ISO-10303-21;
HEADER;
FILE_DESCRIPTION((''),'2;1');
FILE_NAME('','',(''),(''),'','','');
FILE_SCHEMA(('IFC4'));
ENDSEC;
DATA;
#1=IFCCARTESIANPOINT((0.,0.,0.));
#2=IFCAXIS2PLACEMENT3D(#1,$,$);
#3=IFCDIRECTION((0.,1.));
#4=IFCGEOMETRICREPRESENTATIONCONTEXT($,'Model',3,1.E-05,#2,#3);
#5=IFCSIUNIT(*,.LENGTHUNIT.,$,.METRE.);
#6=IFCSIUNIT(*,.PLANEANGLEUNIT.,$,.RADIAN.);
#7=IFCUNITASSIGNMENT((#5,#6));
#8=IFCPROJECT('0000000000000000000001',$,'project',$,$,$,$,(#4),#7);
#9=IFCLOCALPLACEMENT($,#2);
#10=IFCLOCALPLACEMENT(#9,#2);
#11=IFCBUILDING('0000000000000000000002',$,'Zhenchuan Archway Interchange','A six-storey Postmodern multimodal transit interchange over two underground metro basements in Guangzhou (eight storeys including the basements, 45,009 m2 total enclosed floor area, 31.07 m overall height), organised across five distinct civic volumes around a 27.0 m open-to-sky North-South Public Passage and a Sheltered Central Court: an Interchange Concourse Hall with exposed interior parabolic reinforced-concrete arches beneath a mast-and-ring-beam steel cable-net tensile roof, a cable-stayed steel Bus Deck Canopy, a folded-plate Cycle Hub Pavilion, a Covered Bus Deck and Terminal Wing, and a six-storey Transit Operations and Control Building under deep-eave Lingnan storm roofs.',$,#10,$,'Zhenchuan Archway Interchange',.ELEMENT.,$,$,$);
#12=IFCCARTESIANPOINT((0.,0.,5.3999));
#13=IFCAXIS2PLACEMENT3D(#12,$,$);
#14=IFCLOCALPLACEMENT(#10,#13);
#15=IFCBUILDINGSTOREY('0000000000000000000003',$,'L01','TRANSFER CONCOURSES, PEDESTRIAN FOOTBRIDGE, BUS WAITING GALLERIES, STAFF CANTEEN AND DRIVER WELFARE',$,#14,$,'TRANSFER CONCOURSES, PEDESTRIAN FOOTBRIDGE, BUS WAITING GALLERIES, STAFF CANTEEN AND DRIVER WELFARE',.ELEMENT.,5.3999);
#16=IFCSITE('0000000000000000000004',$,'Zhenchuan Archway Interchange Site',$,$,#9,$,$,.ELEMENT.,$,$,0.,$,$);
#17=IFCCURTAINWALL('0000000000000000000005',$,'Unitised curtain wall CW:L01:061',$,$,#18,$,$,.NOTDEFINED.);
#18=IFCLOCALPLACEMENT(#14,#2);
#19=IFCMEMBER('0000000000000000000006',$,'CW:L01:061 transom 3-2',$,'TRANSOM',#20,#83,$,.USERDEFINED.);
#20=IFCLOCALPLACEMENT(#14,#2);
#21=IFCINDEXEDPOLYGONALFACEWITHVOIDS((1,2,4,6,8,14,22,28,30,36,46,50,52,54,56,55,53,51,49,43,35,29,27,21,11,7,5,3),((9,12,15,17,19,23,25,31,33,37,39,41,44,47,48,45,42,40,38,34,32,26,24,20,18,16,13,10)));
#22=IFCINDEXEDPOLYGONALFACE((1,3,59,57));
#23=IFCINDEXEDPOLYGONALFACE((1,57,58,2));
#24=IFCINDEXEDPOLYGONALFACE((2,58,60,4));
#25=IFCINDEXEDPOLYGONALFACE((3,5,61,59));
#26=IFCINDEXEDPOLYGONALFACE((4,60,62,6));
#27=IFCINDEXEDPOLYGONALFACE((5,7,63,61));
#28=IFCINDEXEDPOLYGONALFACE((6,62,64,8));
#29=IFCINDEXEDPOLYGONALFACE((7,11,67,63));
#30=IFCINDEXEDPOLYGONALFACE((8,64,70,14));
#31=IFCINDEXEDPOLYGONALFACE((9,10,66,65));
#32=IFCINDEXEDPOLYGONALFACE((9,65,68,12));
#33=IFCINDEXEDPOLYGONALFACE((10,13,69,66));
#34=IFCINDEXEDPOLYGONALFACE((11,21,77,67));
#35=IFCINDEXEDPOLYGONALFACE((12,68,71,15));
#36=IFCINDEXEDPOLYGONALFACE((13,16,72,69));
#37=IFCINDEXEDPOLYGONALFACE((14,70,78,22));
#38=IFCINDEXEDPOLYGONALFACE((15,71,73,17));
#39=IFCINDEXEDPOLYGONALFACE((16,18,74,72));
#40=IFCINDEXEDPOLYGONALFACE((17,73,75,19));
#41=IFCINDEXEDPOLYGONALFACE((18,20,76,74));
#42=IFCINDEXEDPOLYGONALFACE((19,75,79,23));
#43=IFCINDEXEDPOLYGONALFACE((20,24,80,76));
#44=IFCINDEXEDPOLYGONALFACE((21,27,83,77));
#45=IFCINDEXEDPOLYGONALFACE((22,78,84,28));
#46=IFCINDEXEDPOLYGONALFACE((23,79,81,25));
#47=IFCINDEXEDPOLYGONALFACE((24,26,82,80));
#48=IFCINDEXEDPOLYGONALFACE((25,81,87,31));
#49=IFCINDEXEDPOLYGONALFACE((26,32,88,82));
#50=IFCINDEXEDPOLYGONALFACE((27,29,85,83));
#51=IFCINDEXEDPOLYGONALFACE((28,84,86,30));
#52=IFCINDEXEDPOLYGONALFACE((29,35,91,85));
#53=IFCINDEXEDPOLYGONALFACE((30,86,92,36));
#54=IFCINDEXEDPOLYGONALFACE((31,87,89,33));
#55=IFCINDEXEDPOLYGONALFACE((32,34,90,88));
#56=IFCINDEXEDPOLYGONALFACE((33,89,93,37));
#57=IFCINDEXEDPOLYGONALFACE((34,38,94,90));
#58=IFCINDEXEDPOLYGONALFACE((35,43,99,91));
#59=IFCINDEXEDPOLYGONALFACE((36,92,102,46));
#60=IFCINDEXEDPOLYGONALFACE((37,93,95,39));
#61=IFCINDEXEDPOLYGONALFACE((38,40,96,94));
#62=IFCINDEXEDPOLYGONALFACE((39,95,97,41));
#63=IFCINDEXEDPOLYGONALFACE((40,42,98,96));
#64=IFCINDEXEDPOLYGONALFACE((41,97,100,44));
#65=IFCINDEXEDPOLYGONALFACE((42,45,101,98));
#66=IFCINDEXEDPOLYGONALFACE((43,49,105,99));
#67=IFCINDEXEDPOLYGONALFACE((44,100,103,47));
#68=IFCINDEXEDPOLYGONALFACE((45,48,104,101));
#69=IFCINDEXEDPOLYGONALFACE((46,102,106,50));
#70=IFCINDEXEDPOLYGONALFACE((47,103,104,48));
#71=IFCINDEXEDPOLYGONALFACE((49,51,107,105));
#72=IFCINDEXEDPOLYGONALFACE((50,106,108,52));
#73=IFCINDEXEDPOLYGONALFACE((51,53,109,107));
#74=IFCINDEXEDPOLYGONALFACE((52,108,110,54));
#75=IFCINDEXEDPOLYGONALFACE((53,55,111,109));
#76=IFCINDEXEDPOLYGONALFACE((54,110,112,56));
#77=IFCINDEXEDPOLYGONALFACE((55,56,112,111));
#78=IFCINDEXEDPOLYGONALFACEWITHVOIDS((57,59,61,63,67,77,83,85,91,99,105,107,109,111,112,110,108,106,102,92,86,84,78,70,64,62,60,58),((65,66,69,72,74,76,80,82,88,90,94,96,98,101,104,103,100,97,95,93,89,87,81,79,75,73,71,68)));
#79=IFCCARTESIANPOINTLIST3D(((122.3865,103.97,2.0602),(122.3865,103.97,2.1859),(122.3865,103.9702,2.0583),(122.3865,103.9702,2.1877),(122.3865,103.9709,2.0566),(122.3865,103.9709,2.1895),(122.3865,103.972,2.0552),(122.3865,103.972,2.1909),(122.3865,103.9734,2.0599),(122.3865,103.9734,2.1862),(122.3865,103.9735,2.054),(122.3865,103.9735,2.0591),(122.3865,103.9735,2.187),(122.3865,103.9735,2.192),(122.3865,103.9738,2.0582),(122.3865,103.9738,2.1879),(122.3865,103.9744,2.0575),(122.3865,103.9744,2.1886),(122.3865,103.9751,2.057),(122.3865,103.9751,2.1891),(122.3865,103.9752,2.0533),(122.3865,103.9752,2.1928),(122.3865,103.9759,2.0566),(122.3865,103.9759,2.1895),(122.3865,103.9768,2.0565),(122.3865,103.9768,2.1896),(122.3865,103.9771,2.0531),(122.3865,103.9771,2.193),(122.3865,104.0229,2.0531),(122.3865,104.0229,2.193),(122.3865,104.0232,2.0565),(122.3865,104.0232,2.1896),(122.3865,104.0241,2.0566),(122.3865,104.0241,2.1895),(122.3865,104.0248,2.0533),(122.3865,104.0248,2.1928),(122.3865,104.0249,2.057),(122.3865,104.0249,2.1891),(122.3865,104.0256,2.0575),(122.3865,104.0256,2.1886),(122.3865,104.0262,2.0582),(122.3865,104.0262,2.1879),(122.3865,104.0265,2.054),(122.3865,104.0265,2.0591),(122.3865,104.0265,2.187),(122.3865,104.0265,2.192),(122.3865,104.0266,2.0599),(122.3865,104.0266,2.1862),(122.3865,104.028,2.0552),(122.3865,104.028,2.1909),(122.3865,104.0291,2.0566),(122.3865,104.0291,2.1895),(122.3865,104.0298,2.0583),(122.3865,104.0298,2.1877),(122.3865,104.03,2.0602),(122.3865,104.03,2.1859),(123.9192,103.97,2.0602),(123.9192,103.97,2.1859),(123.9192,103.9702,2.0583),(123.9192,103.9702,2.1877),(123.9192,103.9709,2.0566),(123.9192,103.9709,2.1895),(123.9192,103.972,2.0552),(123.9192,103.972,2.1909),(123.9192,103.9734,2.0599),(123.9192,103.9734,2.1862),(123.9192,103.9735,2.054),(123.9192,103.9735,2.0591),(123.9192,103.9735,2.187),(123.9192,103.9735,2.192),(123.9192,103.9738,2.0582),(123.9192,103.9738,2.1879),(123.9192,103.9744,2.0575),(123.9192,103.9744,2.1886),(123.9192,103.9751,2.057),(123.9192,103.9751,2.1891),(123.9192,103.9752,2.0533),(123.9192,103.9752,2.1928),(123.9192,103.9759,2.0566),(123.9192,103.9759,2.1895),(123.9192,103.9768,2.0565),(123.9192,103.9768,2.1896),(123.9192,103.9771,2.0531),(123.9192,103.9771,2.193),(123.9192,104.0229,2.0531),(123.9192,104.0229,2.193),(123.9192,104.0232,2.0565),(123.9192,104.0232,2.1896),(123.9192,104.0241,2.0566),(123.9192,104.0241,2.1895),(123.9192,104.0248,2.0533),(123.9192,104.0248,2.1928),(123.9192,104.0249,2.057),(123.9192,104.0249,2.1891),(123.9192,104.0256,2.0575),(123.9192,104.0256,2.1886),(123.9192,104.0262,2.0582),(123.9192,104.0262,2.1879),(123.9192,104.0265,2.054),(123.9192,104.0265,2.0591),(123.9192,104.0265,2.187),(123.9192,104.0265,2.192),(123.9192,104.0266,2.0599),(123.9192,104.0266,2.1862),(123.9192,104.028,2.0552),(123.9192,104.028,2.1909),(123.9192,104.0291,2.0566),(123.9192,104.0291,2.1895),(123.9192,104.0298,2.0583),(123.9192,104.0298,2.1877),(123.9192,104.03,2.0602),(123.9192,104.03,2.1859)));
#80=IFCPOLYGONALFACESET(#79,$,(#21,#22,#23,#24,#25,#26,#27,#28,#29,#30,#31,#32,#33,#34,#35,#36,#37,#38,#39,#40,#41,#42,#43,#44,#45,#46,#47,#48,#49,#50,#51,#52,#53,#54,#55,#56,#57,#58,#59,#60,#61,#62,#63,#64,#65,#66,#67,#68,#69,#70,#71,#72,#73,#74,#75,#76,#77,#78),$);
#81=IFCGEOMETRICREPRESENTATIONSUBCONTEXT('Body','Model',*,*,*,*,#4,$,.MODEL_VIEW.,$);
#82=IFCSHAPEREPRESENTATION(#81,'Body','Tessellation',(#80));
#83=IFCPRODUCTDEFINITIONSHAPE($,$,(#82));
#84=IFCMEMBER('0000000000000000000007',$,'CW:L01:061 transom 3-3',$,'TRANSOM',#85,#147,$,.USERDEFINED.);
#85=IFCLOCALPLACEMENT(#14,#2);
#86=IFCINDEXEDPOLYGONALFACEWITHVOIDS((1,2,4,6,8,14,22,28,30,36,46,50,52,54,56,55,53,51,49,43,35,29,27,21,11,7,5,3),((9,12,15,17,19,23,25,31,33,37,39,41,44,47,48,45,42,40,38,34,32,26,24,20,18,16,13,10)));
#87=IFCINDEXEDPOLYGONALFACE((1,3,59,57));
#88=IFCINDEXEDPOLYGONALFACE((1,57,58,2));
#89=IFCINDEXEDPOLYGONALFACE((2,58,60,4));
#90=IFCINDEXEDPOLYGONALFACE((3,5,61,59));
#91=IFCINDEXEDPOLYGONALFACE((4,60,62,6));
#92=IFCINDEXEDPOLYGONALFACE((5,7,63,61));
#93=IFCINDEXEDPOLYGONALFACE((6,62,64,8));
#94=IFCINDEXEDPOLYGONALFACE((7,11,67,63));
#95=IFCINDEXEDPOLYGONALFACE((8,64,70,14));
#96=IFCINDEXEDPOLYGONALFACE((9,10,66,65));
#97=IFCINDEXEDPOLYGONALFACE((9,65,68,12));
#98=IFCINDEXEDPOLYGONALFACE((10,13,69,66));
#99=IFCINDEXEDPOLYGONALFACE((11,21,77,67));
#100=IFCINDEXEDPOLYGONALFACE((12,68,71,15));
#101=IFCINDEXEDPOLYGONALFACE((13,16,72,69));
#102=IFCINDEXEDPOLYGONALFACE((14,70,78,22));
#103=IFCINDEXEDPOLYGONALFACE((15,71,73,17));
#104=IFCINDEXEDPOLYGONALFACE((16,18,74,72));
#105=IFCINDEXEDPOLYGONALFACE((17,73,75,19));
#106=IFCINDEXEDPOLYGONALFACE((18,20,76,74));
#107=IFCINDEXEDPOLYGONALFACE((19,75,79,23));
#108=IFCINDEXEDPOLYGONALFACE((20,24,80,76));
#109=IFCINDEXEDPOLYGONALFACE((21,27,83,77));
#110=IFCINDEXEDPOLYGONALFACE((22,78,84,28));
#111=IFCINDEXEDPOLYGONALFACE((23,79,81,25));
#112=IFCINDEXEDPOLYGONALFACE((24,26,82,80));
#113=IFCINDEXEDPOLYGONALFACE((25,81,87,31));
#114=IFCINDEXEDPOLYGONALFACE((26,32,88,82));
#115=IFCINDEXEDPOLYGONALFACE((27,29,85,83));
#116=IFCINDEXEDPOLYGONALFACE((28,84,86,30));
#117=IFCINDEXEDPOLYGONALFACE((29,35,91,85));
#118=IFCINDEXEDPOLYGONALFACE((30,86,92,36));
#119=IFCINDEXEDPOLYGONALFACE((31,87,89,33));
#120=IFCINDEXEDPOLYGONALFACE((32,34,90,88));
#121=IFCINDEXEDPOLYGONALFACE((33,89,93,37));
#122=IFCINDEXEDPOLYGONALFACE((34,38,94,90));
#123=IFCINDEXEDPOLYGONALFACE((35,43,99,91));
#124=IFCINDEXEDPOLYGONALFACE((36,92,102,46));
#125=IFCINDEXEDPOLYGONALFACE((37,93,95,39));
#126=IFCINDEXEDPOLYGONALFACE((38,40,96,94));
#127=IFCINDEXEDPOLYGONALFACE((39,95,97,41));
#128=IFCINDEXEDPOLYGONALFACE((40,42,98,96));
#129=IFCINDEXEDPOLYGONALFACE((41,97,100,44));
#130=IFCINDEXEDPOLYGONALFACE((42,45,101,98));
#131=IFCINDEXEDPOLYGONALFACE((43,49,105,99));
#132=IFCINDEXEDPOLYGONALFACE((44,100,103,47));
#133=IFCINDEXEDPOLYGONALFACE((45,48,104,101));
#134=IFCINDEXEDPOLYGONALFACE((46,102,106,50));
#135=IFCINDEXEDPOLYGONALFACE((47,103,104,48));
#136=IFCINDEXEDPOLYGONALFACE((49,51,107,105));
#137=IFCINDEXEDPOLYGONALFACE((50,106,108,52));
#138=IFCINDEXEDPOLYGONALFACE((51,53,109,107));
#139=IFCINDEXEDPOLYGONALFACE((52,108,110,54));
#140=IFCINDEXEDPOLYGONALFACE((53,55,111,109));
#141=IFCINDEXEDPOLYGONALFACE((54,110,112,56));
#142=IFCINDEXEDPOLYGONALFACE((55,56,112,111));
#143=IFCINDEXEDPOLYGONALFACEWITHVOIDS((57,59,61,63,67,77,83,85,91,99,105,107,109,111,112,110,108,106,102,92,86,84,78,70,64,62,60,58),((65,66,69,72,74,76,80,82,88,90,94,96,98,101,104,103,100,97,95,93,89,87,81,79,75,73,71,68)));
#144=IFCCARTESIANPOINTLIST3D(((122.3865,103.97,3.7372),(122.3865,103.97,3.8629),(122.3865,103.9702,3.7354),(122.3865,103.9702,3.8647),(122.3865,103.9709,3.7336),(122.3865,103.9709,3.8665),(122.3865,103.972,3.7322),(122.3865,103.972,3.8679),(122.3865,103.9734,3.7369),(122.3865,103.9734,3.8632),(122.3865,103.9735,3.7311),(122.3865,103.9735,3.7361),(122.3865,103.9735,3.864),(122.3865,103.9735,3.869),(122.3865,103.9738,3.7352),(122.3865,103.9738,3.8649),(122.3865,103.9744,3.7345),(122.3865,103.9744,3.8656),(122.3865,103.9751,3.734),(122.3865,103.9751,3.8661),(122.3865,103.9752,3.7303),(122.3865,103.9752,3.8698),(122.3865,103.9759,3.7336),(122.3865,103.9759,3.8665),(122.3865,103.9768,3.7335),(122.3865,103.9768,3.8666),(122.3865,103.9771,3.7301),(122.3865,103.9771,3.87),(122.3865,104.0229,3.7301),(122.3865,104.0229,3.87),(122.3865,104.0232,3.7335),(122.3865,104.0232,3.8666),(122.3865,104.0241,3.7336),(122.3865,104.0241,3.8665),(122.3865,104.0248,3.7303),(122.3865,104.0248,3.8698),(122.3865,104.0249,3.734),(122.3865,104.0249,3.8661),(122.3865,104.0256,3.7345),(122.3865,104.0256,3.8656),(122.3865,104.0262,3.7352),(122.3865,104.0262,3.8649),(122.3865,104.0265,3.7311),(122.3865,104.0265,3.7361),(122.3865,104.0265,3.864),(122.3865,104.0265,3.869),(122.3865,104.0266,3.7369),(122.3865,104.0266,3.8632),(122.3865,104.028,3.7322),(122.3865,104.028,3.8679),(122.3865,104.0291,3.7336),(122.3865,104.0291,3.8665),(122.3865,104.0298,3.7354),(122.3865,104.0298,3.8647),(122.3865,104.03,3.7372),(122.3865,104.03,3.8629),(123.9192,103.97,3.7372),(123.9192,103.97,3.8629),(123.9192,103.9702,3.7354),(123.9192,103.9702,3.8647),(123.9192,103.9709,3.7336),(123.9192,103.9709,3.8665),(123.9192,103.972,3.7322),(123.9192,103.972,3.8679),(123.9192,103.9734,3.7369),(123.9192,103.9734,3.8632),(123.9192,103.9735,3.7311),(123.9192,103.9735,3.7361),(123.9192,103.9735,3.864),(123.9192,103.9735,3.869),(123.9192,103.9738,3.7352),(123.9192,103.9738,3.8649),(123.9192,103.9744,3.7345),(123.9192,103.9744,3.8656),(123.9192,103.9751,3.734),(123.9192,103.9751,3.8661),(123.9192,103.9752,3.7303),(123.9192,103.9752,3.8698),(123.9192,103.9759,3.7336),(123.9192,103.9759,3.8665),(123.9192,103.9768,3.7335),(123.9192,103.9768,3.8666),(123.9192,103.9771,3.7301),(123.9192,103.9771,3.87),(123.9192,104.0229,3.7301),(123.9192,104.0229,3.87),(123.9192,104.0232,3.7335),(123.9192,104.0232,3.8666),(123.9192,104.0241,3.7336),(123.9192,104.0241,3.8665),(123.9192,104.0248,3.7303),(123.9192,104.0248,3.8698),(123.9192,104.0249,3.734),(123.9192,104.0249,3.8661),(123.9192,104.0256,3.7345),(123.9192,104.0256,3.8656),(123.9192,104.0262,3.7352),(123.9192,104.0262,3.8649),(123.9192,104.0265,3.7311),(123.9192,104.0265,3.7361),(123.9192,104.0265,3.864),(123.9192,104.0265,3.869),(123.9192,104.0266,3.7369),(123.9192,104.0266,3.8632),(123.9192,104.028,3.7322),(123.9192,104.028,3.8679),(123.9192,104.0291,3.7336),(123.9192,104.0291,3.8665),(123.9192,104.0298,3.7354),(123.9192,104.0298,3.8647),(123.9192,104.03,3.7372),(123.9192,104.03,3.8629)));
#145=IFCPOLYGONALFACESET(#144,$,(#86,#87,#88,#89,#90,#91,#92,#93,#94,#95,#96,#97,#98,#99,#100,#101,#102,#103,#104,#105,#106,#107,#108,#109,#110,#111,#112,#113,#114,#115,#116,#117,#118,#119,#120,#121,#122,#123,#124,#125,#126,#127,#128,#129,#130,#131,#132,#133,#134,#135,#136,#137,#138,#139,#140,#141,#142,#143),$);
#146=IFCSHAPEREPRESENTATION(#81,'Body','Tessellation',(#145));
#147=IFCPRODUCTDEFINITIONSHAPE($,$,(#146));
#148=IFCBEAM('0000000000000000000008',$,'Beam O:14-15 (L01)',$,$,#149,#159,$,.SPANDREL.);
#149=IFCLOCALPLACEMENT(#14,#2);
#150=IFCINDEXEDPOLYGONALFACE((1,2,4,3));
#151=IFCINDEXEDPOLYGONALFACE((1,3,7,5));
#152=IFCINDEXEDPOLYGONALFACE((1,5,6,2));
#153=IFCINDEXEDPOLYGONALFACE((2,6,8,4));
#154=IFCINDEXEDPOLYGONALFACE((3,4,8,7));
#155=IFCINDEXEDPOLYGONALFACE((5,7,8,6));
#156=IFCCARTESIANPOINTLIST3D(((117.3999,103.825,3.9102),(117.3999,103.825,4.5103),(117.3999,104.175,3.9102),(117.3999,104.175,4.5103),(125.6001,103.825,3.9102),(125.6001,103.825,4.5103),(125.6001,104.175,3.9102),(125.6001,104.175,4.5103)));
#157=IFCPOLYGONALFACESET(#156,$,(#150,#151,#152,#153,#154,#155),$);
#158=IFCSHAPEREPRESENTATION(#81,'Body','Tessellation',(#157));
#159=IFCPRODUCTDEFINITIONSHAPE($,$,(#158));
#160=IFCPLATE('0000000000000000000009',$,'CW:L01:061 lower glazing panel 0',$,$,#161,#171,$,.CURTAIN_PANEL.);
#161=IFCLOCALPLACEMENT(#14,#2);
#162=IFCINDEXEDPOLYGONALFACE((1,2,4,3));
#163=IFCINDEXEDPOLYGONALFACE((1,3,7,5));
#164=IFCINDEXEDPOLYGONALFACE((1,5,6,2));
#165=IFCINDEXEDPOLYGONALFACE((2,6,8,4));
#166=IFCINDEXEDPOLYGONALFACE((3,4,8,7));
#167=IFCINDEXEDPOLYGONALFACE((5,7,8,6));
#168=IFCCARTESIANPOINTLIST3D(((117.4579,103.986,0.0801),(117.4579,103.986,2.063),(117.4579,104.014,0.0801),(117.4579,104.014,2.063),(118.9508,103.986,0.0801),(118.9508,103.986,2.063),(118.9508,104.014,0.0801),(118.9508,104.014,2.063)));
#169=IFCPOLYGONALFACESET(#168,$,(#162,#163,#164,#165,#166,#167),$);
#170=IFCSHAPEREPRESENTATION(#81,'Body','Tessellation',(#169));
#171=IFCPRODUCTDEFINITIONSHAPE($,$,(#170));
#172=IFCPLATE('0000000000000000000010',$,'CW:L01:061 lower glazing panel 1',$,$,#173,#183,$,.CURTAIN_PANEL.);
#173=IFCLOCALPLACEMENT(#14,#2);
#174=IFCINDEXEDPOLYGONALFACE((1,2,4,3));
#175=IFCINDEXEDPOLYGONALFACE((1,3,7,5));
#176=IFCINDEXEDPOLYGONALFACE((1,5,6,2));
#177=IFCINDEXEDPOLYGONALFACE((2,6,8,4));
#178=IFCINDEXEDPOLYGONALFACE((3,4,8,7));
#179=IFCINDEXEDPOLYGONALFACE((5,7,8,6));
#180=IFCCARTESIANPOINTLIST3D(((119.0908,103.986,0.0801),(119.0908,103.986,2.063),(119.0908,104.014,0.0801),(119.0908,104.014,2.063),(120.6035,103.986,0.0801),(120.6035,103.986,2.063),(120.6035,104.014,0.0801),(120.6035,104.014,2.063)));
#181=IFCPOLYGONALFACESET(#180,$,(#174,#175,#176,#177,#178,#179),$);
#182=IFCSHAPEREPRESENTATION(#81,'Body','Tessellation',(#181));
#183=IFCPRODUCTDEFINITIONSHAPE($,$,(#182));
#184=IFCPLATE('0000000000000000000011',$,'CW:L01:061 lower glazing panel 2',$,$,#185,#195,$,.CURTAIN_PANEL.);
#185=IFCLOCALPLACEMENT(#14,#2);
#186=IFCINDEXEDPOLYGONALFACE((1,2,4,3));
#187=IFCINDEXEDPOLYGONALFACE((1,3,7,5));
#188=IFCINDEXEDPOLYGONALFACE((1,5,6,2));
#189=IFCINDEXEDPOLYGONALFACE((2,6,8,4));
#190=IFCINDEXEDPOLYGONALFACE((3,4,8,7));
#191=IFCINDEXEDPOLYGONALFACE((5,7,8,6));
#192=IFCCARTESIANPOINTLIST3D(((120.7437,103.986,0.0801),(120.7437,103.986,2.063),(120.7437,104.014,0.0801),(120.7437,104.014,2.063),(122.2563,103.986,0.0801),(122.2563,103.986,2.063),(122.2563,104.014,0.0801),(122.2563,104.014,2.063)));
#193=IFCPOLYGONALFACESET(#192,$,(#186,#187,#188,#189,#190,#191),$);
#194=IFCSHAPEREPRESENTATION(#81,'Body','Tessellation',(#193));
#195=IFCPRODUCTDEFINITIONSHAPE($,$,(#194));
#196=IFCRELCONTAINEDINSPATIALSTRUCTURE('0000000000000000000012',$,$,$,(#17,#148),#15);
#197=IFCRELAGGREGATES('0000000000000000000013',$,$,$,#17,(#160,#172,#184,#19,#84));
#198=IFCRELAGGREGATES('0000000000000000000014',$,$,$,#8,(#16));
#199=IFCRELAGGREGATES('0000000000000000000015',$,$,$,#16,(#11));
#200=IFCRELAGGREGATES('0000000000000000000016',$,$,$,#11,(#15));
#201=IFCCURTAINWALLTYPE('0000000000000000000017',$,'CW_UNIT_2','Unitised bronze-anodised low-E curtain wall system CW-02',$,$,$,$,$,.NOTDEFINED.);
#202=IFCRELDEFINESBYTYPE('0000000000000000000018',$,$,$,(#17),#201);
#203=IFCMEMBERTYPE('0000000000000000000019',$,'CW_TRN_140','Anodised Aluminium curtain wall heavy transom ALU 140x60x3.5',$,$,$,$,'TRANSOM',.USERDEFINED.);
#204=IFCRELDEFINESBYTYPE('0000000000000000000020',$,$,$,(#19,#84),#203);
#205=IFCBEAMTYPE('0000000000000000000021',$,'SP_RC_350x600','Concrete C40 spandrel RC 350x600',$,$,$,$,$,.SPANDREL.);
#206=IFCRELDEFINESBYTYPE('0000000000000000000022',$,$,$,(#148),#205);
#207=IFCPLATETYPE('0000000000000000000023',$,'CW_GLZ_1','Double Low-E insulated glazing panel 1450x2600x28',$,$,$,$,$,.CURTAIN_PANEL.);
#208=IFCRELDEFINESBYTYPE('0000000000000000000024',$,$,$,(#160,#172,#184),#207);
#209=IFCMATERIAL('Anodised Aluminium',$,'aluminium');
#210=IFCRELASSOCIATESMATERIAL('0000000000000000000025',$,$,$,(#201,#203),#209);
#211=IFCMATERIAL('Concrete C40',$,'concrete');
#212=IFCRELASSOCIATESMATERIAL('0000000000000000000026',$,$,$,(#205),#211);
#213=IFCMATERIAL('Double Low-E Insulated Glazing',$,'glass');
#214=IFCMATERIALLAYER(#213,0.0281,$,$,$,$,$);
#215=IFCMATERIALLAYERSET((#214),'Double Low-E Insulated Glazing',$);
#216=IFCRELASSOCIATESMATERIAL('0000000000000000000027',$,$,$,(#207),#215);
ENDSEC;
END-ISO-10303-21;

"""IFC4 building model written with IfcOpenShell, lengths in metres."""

from ifc_helpers import new_model, si_unit, direction, frame, origin, origin_2d, place, context, subcontext, project, spatial, rectangle, hollow_rectangle, extrude, material, layer, layer_set, material_profile, profile_set, type_object, element, aggregate, save


model = new_model("IFC4")

# Units and contexts
model_context = context("Model", 3, precision=1e-05, world=origin(), true_north=direction((0.0, 1.0)))
body_context = subcontext(model_context, "Body", "Model", "MODEL_VIEW")
ifc_project = project(units=[si_unit("LENGTHUNIT", "METRE"), si_unit("PLANEANGLEUNIT", "RADIAN")], contexts=[model_context])

# Site, building, storey
site_placement = place(None, origin())
site = spatial("IfcSite", under=ifc_project, at=site_placement, Name="Zhenchuan Archway Interchange Site", CompositionType="ELEMENT", RefElevation=0.0)
building_placement = place(site_placement, origin())
building = spatial("IfcBuilding", under=site, at=building_placement, Name="Zhenchuan Archway Interchange", Description="A six-storey Postmodern multimodal transit interchange over two underground metro basements in Guangzhou (eight storeys including the basements, 45,009 m2 total enclosed floor area, 31.07 m overall height), organised across five distinct civic volumes around a 27.0 m open-to-sky North-South Public Passage and a Sheltered Central Court: an Interchange Concourse Hall with exposed interior parabolic reinforced-concrete arches beneath a mast-and-ring-beam steel cable-net tensile roof, a cable-stayed steel Bus Deck Canopy, a folded-plate Cycle Hub Pavilion, a Covered Bus Deck and Terminal Wing, and a six-storey Transit Operations and Control Building under deep-eave Lingnan storm roofs.", LongName="Zhenchuan Archway Interchange", CompositionType="ELEMENT")
storey_placement = place(building_placement, frame((0.0, 0.0, 5.3999)))
storey = spatial("IfcBuildingStorey", under=building, at=storey_placement, Name="L01", Description="TRANSFER CONCOURSES, PEDESTRIAN FOOTBRIDGE, BUS WAITING GALLERIES, STAFF CANTEEN AND DRIVER WELFARE", LongName="TRANSFER CONCOURSES, PEDESTRIAN FOOTBRIDGE, BUS WAITING GALLERIES, STAFF CANTEEN AND DRIVER WELFARE", CompositionType="ELEMENT", Elevation=5.3999)

# Curtain wall, members
ifc_material_1 = material(Name="Anodised Aluminium", Category="aluminium")
curtain_wall_type = type_object("IfcCurtainWallType", Name="CW_UNIT_2", Description="Unitised bronze-anodised low-E curtain wall system CW-02", PredefinedType="NOTDEFINED", material=ifc_material_1)
curtain_wall_placement = place(storey_placement, origin())
curtain_wall = element("IfcCurtainWall", 1, at=curtain_wall_placement, inside=storey, type_object=curtain_wall_type, Name="Unitised curtain wall CW:L01:061", PredefinedType="NOTDEFINED")
ifc_material_profile_1 = material_profile(ifc_material_1, hollow_rectangle(XDim=0.0601, YDim=0.1399, WallThickness=0.0034, InnerFilletRadius=0.0034, OuterFilletRadius=0.0071, at=origin_2d()), Name="ALU 140x60x3.5")
ifc_profile_set_1 = profile_set([ifc_material_profile_1], Name="Anodised Aluminium")
member_type_1 = type_object("IfcMemberType", Name="CW_TRN_140", Description="Anodised Aluminium curtain wall heavy transom ALU 140x60x3.5", ElementType="TRANSOM", PredefinedType="USERDEFINED", material=ifc_profile_set_1)
member_1_placement = place(storey_placement, frame((122.3865, 104.0, 2.123), z_axis=(1.0, 0.0, 0.0), x_axis=(0.0, 1.0, 0.0)))
member_1 = element("IfcMember", 2, at=member_1_placement, type_object=member_type_1, Name="CW:L01:061 transom 3-2", ObjectType="TRANSOM", PredefinedType="USERDEFINED", context=body_context, shape_type="SweptSolid", body=[
    extrude(hollow_rectangle(XDim=0.0601, YDim=0.1399, WallThickness=0.0034, InnerFilletRadius=0.0034, OuterFilletRadius=0.0071, at=origin_2d()), origin(), (0.0, 0.0, 1.0), 1.5327),
])
member_2_placement = place(storey_placement, frame((122.3865, 104.0, 3.8), z_axis=(1.0, 0.0, 0.0), x_axis=(0.0, 1.0, 0.0)))
member_2 = element("IfcMember", 3, at=member_2_placement, type_object=member_type_1, Name="CW:L01:061 transom 3-3", ObjectType="TRANSOM", PredefinedType="USERDEFINED", context=body_context, shape_type="SweptSolid", body=[
    extrude(hollow_rectangle(XDim=0.0601, YDim=0.1399, WallThickness=0.0034, InnerFilletRadius=0.0034, OuterFilletRadius=0.0071, at=origin_2d()), origin(), (0.0, 0.0, 1.0), 1.5327),
])

# Beam
ifc_material_2 = material(Name="Concrete C40", Category="concrete")
ifc_material_profile_2 = material_profile(ifc_material_2, rectangle(XDim=0.3501, YDim=0.6001, at=origin_2d()), Name="RC 350x600")
ifc_profile_set_2 = profile_set([ifc_material_profile_2], Name="Concrete C40")
beam_type = type_object("IfcBeamType", Name="SP_RC_350x600", Description="Concrete C40 spandrel RC 350x600", PredefinedType="SPANDREL", material=ifc_profile_set_2)
beam_placement = place(storey_placement, frame((117.3999, 104.0, 4.2102), z_axis=(1.0, 0.0, 0.0), x_axis=(0.0, 1.0, 0.0)))
element("IfcBeam", 4, at=beam_placement, inside=storey, type_object=beam_type, Name="Beam O:14-15 (L01)", PredefinedType="SPANDREL", context=body_context, shape_type="SweptSolid", body=[
    extrude(rectangle(XDim=0.3501, YDim=0.6001, at=origin_2d()), origin(), (0.0, 0.0, 1.0), 8.2002),
])

# Plates
ifc_material_3 = material(Name="Double Low-E Insulated Glazing", Category="glass")
ifc_layer_1 = layer(ifc_material_3, 0.0281)
ifc_layer_set_1 = layer_set([ifc_layer_1], Name="Double Low-E Insulated Glazing")
plate_type_1 = type_object("IfcPlateType", Name="CW_GLZ_1", Description="Double Low-E insulated glazing panel 1450x2600x28", PredefinedType="CURTAIN_PANEL", material=ifc_layer_set_1)
plate_1_placement = place(storey_placement, frame((118.2043, 104.0, 0.0801), z_axis=(0.0, 0.0, 1.0), x_axis=(1.0, 0.0, 0.0)))
plate_1 = element("IfcPlate", 5, at=plate_1_placement, type_object=plate_type_1, Name="CW:L01:061 lower glazing panel 0", PredefinedType="CURTAIN_PANEL", context=body_context, shape_type="SweptSolid", body=[
    extrude(rectangle(XDim=1.4929, YDim=0.0281, at=origin_2d()), origin(), (0.0, 0.0, 1.0), 1.9829),
])
plate_2_placement = place(storey_placement, frame((119.8472, 104.0, 0.0801), z_axis=(0.0, 0.0, 1.0), x_axis=(1.0, 0.0, 0.0)))
plate_2 = element("IfcPlate", 6, at=plate_2_placement, type_object=plate_type_1, Name="CW:L01:061 lower glazing panel 1", PredefinedType="CURTAIN_PANEL", context=body_context, shape_type="SweptSolid", body=[
    extrude(rectangle(XDim=1.5127, YDim=0.0281, at=origin_2d()), origin(), (0.0, 0.0, 1.0), 1.9829),
])
plate_3_placement = place(storey_placement, frame((121.5, 104.0, 0.0801), z_axis=(0.0, 0.0, 1.0), x_axis=(1.0, 0.0, 0.0)))
plate_3 = element("IfcPlate", 7, at=plate_3_placement, type_object=plate_type_1, Name="CW:L01:061 lower glazing panel 2", PredefinedType="CURTAIN_PANEL", context=body_context, shape_type="SweptSolid", body=[
    extrude(rectangle(XDim=1.5127, YDim=0.0281, at=origin_2d()), origin(), (0.0, 0.0, 1.0), 1.9829),
])
aggregate(curtain_wall, [plate_1, plate_2, plate_3, member_1, member_2])

save(model, "model.ifc")
